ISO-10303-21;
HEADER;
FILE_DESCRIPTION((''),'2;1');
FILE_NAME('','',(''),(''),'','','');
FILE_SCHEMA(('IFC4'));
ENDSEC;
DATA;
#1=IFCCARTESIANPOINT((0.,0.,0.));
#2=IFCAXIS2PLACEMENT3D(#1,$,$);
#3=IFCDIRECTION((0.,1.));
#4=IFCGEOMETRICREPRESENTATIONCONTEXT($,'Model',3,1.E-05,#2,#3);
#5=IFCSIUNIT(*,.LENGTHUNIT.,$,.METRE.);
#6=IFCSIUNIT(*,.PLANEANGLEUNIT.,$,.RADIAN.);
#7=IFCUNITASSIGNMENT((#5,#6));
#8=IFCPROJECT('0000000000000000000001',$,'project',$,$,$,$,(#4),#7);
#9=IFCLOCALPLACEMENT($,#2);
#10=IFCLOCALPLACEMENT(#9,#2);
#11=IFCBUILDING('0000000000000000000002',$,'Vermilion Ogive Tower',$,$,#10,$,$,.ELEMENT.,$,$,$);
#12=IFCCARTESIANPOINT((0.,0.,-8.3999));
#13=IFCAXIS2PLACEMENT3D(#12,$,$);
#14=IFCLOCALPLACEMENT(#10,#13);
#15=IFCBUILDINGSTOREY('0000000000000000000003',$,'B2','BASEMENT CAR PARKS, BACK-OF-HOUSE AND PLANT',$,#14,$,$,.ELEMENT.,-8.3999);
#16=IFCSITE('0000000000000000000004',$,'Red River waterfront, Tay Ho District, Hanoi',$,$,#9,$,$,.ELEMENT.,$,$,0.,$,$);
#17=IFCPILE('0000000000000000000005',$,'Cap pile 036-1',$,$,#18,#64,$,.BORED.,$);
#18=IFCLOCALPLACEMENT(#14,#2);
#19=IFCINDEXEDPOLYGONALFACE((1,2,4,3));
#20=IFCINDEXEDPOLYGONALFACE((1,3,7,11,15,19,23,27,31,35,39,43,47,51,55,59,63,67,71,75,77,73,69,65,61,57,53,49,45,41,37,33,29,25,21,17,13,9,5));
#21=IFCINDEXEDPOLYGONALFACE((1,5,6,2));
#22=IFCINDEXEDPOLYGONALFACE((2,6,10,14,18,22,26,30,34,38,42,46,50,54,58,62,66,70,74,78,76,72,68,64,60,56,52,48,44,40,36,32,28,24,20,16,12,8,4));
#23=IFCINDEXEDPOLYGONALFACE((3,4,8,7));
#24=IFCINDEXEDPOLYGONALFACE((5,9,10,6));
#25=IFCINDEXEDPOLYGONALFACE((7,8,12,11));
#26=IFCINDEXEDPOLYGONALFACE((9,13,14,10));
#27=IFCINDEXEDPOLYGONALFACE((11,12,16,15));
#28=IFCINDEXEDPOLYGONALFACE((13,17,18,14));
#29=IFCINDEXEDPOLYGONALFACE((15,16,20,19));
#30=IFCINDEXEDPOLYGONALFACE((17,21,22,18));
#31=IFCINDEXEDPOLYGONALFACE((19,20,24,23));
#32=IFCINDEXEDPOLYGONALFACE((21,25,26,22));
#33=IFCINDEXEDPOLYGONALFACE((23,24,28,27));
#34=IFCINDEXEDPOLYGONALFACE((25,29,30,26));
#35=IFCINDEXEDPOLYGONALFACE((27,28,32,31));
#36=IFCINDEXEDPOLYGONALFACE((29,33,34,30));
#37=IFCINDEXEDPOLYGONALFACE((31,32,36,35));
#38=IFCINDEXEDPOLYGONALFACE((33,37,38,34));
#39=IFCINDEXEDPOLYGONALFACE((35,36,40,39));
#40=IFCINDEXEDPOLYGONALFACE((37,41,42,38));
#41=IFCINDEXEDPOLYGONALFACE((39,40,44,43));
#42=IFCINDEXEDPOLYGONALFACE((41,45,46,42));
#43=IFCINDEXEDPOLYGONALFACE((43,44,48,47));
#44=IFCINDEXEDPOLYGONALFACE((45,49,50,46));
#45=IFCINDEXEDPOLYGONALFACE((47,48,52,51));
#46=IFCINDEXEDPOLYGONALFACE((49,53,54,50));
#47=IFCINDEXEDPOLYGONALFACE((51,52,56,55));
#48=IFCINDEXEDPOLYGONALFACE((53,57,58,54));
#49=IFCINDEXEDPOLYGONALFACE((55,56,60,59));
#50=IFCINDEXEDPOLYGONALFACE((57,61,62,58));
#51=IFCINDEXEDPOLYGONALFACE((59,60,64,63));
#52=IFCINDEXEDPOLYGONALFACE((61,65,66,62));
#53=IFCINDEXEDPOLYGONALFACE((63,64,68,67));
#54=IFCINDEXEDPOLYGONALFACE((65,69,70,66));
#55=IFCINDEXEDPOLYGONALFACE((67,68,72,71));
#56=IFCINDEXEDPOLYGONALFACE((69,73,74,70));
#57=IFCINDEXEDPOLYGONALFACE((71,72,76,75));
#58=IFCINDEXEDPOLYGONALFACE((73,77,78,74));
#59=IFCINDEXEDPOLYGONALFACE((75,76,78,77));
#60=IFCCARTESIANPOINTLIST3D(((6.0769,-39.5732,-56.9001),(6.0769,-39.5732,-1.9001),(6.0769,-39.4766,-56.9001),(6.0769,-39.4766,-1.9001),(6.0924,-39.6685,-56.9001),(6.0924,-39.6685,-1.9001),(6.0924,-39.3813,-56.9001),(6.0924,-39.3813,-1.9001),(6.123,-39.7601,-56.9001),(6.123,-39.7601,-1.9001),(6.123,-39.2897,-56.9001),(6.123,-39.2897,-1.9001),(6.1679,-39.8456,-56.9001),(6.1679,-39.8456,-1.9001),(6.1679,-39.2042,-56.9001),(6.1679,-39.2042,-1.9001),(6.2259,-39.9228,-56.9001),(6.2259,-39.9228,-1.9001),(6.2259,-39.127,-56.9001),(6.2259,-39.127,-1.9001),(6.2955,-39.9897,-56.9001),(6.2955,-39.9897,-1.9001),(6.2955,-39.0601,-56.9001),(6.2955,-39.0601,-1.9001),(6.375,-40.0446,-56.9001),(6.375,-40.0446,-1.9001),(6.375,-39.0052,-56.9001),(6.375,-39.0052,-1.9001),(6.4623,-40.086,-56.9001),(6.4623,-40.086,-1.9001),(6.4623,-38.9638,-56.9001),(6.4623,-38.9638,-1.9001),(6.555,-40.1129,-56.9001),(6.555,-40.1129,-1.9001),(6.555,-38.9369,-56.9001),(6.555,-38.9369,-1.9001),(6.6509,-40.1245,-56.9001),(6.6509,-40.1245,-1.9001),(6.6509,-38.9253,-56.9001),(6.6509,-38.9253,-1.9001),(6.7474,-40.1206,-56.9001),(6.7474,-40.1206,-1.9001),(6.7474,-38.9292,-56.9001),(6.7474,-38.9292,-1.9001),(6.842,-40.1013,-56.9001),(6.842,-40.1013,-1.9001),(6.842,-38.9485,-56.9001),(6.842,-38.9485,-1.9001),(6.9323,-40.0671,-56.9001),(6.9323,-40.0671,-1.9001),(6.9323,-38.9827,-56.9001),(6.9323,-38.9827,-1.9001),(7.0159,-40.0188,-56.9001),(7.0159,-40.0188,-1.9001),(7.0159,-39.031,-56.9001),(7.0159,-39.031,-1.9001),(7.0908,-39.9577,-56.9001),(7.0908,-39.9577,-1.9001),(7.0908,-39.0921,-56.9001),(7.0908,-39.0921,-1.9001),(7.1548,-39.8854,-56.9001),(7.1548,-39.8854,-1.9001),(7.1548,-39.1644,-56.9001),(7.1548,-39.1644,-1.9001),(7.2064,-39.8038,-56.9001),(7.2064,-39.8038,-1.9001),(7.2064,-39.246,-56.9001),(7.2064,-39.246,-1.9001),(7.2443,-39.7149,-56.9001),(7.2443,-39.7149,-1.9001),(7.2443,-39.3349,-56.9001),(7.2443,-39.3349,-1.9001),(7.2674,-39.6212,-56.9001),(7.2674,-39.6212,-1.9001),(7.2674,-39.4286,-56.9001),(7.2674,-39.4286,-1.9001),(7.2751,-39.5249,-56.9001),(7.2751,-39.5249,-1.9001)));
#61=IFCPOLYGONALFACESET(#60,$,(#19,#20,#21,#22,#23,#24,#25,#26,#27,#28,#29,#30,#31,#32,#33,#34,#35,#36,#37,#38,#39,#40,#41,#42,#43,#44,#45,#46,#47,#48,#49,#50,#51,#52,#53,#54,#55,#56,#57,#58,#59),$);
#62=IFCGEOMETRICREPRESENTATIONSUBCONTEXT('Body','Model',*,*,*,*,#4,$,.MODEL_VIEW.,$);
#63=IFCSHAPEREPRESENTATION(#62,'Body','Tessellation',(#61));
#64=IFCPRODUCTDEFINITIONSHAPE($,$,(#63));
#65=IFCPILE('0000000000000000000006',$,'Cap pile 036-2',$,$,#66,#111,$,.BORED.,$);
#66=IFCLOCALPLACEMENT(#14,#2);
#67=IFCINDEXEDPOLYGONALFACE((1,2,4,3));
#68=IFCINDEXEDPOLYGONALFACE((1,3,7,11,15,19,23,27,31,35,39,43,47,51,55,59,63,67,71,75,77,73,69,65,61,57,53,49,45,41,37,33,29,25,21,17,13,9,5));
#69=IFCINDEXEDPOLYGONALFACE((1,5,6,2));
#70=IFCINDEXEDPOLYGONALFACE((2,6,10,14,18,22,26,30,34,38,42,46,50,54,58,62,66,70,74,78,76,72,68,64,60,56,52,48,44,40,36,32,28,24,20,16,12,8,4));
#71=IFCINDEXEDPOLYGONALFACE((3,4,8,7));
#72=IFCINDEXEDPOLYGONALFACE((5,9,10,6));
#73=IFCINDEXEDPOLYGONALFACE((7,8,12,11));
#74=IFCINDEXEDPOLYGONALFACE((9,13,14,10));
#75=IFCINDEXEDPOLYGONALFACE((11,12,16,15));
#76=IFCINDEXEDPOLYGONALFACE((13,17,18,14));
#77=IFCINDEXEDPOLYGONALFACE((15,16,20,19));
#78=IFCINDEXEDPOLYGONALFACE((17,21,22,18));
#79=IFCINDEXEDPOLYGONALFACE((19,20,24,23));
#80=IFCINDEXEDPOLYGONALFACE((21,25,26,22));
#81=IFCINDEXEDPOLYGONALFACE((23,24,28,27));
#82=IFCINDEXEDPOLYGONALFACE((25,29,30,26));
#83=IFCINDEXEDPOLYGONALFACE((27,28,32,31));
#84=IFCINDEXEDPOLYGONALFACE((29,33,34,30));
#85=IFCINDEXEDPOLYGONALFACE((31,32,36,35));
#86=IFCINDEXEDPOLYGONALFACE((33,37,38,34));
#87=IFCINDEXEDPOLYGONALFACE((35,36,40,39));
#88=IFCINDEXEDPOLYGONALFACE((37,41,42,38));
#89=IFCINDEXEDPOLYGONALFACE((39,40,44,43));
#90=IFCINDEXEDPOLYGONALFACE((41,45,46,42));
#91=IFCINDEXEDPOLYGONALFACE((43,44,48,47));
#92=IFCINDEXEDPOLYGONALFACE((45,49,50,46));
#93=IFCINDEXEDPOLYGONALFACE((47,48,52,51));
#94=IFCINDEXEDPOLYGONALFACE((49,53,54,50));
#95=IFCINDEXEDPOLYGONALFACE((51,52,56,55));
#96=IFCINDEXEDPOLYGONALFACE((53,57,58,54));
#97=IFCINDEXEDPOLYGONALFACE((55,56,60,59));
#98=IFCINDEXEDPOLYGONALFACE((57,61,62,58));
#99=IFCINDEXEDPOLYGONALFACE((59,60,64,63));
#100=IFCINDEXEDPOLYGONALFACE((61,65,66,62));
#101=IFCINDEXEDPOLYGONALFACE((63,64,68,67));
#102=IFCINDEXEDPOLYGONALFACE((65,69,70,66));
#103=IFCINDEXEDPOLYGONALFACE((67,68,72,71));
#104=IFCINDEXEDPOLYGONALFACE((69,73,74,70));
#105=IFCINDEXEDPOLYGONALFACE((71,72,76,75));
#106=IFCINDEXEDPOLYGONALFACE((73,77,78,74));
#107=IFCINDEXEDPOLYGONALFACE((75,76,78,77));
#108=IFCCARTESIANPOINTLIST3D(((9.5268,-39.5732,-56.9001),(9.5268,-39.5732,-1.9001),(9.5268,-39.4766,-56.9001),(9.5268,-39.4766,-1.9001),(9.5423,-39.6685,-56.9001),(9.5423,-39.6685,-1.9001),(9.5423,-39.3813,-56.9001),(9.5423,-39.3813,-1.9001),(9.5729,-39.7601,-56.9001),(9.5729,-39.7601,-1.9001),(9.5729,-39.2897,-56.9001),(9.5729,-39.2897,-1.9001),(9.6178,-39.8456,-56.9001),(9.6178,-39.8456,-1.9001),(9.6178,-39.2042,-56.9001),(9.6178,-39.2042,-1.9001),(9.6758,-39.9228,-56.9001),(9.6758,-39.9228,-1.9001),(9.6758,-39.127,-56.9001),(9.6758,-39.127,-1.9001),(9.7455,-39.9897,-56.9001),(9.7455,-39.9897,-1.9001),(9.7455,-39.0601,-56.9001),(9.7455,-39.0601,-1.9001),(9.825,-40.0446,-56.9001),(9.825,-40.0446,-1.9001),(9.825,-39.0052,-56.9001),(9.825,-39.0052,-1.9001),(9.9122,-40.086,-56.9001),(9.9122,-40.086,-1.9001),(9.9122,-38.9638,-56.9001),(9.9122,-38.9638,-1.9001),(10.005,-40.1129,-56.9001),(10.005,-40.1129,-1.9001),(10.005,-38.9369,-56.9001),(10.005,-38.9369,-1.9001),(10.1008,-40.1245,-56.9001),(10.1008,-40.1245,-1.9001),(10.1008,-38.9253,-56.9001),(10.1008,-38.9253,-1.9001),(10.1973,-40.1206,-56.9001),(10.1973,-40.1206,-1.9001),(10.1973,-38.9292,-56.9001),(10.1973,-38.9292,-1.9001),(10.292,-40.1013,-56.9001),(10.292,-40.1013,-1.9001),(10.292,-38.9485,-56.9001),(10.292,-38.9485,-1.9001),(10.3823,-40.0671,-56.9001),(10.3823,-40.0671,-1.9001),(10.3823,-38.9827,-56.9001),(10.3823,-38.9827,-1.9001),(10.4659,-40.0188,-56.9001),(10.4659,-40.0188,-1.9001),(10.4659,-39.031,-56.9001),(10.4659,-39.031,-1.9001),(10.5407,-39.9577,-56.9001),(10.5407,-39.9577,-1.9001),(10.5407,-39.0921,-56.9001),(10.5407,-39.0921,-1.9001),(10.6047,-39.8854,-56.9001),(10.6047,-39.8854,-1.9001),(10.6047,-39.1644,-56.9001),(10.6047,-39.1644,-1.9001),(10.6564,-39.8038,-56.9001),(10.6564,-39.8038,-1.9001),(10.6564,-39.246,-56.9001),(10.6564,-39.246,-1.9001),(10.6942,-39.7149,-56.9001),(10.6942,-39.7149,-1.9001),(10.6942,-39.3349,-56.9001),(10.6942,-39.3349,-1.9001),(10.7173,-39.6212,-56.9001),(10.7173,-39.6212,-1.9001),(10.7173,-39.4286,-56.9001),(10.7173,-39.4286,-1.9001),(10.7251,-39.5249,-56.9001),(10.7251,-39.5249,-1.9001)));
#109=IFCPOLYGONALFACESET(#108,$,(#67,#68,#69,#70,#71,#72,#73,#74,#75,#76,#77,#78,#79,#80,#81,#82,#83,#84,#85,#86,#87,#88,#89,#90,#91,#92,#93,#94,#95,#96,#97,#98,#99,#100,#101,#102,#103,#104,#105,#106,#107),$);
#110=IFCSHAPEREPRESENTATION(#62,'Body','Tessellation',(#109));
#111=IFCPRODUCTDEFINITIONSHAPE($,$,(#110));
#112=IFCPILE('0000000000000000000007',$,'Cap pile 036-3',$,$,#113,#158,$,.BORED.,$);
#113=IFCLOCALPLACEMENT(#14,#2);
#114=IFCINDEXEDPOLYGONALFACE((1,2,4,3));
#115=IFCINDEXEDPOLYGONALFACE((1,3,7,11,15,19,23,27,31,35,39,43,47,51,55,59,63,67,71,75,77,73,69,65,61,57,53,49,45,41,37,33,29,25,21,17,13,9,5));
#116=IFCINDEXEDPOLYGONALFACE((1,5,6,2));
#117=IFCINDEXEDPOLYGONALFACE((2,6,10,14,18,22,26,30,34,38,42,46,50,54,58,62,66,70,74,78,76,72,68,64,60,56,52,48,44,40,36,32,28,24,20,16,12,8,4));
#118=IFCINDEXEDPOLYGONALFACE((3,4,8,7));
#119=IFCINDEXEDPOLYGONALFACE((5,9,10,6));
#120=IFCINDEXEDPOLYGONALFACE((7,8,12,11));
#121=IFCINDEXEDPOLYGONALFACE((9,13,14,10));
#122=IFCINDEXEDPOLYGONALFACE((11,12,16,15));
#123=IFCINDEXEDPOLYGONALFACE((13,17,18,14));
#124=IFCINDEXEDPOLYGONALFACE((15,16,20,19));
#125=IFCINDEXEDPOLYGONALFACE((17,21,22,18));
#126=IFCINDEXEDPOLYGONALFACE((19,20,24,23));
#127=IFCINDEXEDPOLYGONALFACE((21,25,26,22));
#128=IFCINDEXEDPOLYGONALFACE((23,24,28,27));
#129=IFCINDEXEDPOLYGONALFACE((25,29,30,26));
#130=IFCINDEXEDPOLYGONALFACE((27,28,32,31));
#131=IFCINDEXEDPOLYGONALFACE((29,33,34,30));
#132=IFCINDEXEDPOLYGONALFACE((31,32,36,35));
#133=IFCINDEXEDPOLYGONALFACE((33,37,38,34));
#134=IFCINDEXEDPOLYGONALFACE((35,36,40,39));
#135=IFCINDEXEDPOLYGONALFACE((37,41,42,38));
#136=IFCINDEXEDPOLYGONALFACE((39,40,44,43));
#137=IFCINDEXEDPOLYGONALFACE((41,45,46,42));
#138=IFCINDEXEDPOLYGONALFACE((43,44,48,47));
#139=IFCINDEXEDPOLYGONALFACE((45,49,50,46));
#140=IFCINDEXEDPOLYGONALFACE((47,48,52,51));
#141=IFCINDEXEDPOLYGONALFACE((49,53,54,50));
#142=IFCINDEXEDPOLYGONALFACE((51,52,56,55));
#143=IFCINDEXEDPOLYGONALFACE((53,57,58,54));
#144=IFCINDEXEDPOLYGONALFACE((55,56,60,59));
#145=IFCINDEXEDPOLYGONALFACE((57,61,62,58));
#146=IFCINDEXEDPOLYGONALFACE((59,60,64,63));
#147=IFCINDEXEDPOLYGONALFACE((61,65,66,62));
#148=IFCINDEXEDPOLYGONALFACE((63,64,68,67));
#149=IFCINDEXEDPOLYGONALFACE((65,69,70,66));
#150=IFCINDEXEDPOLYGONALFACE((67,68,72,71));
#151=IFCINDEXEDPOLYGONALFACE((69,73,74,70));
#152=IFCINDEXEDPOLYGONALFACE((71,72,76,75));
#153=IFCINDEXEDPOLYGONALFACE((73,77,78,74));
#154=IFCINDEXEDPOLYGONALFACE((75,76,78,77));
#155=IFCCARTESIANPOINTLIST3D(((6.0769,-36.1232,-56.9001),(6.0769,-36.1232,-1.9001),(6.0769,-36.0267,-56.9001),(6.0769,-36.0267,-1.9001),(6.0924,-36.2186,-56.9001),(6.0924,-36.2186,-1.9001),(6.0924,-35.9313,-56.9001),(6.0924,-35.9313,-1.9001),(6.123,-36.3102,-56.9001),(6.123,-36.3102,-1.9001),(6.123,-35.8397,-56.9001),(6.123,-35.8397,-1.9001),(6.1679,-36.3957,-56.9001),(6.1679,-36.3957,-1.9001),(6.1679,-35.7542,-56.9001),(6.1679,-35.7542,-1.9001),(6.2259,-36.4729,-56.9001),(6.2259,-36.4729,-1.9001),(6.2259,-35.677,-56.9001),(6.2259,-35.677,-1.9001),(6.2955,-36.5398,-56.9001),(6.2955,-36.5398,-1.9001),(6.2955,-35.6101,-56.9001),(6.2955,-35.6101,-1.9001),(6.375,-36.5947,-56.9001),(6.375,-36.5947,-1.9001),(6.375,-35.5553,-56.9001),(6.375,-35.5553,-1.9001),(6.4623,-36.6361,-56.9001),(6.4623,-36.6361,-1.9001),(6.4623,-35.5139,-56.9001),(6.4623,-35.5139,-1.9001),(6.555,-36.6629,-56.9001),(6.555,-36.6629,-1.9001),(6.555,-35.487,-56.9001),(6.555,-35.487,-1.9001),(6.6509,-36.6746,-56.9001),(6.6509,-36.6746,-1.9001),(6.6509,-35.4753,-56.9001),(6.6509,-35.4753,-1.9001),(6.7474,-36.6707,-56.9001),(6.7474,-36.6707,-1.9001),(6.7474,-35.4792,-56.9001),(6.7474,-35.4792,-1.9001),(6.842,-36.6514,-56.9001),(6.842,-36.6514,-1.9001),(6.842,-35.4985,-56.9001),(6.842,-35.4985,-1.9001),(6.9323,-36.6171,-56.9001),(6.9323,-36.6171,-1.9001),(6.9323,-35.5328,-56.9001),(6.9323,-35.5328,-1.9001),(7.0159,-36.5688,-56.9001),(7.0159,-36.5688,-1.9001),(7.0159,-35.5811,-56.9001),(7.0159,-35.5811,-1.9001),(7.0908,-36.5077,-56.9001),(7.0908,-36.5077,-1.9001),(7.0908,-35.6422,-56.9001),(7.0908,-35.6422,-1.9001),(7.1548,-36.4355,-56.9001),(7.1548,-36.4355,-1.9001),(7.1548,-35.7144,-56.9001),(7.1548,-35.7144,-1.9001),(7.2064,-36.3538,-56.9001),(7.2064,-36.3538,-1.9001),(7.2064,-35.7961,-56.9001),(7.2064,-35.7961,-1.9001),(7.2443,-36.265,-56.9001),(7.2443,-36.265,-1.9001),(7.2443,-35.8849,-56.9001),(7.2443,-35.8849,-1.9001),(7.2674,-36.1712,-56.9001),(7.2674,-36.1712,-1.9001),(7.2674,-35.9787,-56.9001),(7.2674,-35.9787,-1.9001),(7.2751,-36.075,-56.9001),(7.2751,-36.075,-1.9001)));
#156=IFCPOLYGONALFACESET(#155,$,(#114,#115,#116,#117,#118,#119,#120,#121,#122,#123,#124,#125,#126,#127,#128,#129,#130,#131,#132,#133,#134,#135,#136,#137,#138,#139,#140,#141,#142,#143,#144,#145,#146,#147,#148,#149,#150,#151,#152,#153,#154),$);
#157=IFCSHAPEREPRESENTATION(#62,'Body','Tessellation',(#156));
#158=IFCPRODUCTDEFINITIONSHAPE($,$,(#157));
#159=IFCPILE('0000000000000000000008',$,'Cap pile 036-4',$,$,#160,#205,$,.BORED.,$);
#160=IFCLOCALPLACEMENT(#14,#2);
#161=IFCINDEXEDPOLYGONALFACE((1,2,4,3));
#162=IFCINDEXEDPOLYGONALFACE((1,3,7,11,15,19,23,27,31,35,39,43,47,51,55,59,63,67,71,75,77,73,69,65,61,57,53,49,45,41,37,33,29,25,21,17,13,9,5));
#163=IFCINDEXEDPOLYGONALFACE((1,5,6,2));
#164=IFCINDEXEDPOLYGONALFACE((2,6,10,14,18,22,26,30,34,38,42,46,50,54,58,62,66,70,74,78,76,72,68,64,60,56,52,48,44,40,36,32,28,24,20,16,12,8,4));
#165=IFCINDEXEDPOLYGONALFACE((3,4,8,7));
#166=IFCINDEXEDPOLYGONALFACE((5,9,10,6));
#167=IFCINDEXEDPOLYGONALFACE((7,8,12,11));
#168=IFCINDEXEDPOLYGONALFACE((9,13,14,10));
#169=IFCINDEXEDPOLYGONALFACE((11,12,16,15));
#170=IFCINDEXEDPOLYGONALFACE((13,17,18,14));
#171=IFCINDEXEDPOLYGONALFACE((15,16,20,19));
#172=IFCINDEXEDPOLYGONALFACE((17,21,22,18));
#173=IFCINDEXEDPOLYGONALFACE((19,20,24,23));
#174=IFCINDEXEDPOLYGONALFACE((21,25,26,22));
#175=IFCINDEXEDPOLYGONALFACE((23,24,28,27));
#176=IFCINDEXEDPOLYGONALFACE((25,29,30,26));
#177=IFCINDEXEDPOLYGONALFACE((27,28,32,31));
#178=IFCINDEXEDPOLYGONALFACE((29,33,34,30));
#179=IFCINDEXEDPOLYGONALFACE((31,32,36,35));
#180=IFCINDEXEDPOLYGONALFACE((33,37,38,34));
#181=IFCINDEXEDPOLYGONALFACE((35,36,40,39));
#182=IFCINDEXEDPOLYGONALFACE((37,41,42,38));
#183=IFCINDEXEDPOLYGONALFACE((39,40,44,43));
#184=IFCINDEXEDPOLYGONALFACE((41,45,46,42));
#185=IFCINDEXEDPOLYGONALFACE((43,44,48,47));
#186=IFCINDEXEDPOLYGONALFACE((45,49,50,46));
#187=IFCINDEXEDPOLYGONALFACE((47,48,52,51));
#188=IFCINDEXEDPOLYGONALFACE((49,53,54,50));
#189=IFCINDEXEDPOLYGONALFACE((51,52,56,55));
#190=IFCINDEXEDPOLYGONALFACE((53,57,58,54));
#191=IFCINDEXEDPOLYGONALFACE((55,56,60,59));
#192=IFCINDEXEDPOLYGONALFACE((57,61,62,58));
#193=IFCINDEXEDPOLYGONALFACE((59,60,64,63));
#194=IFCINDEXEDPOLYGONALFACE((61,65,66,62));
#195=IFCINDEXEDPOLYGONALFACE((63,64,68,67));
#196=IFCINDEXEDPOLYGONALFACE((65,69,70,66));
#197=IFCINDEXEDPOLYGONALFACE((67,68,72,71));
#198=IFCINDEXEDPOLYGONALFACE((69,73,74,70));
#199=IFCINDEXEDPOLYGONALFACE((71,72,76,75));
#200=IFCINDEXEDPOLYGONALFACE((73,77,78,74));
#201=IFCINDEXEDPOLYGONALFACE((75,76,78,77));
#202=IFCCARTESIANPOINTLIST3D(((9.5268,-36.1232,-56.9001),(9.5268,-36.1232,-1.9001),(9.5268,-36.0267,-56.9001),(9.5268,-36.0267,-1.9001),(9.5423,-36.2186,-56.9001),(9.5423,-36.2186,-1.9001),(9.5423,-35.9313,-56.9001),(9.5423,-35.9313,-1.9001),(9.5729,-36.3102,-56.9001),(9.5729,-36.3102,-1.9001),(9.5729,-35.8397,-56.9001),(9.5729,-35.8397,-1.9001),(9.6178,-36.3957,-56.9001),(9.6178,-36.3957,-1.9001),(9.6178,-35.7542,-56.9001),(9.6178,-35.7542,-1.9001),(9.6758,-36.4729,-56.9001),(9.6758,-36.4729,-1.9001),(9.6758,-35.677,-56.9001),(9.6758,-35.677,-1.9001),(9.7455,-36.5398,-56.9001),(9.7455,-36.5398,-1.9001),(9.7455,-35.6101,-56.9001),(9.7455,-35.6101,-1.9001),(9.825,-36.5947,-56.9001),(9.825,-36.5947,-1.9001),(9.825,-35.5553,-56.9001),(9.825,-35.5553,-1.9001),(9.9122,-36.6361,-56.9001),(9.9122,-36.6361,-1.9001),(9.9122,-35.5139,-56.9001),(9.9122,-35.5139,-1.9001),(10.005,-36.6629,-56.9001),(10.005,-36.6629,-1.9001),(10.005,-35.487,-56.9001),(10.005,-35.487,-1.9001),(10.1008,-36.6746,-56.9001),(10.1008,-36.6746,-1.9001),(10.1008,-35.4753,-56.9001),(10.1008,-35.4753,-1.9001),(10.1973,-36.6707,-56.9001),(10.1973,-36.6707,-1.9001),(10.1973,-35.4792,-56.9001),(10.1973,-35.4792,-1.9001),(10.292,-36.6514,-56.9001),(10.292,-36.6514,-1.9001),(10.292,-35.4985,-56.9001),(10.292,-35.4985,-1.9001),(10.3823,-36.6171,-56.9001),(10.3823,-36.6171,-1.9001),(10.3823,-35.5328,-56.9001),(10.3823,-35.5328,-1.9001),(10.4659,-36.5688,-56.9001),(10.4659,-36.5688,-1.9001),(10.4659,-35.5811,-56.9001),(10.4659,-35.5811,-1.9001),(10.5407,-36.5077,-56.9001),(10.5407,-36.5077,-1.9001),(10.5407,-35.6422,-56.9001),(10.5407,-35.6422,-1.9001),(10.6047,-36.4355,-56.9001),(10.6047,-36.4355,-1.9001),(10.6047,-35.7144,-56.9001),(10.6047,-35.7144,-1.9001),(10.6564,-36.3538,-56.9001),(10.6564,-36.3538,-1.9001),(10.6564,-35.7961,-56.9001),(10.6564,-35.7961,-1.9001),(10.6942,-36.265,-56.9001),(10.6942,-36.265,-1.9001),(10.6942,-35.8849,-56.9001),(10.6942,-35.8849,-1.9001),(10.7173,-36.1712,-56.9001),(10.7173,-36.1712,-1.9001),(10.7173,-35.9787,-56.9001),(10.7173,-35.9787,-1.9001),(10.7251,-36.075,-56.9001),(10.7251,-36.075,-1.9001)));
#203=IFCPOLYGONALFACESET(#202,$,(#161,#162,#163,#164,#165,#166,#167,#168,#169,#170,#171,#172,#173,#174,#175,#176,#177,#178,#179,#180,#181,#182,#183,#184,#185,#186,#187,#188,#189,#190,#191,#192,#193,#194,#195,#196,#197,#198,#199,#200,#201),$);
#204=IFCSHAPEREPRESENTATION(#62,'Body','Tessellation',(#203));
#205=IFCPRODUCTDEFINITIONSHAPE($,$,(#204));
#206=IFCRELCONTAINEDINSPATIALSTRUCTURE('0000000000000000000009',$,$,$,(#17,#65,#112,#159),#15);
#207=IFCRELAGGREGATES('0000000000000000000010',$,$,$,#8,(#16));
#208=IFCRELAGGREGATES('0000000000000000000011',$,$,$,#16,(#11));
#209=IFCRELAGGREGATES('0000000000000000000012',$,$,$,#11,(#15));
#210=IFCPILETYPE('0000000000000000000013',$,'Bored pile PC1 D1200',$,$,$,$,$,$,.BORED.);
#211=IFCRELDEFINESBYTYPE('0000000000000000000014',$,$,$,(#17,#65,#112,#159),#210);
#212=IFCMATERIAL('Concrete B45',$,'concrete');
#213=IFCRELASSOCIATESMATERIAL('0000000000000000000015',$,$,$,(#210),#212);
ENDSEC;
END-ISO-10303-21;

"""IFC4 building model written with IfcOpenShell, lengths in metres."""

from ifc_helpers import new_model, si_unit, direction, frame, origin, origin_2d, place, context, subcontext, project, spatial, circle, extrude, material, type_object, element, save


model = new_model("IFC4")

# Units and contexts
model_context = context("Model", 3, precision=1e-05, world=origin(), true_north=direction((0.0, 1.0)))
body_context = subcontext(model_context, "Body", "Model", "MODEL_VIEW")
ifc_project = project(units=[si_unit("LENGTHUNIT", "METRE"), si_unit("PLANEANGLEUNIT", "RADIAN")], contexts=[model_context])

# Site, building, storey
site_placement = place(None, origin())
site = spatial("IfcSite", under=ifc_project, at=site_placement, Name="Red River waterfront, Tay Ho District, Hanoi", CompositionType="ELEMENT", RefElevation=0.0)
building_placement = place(site_placement, origin())
building = spatial("IfcBuilding", under=site, at=building_placement, Name="Vermilion Ogive Tower", CompositionType="ELEMENT")
storey_placement = place(building_placement, frame((0.0, 0.0, -8.3999)))
storey = spatial("IfcBuildingStorey", under=building, at=storey_placement, Name="B2", Description="BASEMENT CAR PARKS, BACK-OF-HOUSE AND PLANT", CompositionType="ELEMENT", Elevation=-8.3999)

# Piles
ifc_material_1 = material(Name="Concrete B45", Category="concrete")
pile_type_1 = type_object("IfcPileType", Name="Bored pile PC1 D1200", PredefinedType="BORED", material=ifc_material_1)
for number, where, z_axis, x_axis, name in (
    (1, (6.675, -39.5249, -1.9001), (0.0, 0.0, -1.0), (1.0, 0.0, 0.0), "Cap pile 036-1"),
    (2, (10.125, -39.5249, -1.9001), (0.0, 0.0, -1.0), (1.0, 0.0, 0.0), "Cap pile 036-2"),
    (3, (6.675, -36.075, -1.9001), (0.0, 0.0, -1.0), (1.0, 0.0, 0.0), "Cap pile 036-3"),
    (4, (10.125, -36.075, -1.9001), (0.0, 0.0, -1.0), (1.0, 0.0, 0.0), "Cap pile 036-4"),
):
    element("IfcPile", number, at=place(storey_placement, frame(where, z_axis=z_axis, x_axis=x_axis)), inside=storey, type_object=pile_type_1, Name=name, PredefinedType="BORED", context=body_context, shape_type="SweptSolid", body=[
        extrude(circle(Radius=0.6001, at=origin_2d()), origin(), (0.0, 0.0, 1.0), 55.0),
    ])

save(model, "model.ifc")
